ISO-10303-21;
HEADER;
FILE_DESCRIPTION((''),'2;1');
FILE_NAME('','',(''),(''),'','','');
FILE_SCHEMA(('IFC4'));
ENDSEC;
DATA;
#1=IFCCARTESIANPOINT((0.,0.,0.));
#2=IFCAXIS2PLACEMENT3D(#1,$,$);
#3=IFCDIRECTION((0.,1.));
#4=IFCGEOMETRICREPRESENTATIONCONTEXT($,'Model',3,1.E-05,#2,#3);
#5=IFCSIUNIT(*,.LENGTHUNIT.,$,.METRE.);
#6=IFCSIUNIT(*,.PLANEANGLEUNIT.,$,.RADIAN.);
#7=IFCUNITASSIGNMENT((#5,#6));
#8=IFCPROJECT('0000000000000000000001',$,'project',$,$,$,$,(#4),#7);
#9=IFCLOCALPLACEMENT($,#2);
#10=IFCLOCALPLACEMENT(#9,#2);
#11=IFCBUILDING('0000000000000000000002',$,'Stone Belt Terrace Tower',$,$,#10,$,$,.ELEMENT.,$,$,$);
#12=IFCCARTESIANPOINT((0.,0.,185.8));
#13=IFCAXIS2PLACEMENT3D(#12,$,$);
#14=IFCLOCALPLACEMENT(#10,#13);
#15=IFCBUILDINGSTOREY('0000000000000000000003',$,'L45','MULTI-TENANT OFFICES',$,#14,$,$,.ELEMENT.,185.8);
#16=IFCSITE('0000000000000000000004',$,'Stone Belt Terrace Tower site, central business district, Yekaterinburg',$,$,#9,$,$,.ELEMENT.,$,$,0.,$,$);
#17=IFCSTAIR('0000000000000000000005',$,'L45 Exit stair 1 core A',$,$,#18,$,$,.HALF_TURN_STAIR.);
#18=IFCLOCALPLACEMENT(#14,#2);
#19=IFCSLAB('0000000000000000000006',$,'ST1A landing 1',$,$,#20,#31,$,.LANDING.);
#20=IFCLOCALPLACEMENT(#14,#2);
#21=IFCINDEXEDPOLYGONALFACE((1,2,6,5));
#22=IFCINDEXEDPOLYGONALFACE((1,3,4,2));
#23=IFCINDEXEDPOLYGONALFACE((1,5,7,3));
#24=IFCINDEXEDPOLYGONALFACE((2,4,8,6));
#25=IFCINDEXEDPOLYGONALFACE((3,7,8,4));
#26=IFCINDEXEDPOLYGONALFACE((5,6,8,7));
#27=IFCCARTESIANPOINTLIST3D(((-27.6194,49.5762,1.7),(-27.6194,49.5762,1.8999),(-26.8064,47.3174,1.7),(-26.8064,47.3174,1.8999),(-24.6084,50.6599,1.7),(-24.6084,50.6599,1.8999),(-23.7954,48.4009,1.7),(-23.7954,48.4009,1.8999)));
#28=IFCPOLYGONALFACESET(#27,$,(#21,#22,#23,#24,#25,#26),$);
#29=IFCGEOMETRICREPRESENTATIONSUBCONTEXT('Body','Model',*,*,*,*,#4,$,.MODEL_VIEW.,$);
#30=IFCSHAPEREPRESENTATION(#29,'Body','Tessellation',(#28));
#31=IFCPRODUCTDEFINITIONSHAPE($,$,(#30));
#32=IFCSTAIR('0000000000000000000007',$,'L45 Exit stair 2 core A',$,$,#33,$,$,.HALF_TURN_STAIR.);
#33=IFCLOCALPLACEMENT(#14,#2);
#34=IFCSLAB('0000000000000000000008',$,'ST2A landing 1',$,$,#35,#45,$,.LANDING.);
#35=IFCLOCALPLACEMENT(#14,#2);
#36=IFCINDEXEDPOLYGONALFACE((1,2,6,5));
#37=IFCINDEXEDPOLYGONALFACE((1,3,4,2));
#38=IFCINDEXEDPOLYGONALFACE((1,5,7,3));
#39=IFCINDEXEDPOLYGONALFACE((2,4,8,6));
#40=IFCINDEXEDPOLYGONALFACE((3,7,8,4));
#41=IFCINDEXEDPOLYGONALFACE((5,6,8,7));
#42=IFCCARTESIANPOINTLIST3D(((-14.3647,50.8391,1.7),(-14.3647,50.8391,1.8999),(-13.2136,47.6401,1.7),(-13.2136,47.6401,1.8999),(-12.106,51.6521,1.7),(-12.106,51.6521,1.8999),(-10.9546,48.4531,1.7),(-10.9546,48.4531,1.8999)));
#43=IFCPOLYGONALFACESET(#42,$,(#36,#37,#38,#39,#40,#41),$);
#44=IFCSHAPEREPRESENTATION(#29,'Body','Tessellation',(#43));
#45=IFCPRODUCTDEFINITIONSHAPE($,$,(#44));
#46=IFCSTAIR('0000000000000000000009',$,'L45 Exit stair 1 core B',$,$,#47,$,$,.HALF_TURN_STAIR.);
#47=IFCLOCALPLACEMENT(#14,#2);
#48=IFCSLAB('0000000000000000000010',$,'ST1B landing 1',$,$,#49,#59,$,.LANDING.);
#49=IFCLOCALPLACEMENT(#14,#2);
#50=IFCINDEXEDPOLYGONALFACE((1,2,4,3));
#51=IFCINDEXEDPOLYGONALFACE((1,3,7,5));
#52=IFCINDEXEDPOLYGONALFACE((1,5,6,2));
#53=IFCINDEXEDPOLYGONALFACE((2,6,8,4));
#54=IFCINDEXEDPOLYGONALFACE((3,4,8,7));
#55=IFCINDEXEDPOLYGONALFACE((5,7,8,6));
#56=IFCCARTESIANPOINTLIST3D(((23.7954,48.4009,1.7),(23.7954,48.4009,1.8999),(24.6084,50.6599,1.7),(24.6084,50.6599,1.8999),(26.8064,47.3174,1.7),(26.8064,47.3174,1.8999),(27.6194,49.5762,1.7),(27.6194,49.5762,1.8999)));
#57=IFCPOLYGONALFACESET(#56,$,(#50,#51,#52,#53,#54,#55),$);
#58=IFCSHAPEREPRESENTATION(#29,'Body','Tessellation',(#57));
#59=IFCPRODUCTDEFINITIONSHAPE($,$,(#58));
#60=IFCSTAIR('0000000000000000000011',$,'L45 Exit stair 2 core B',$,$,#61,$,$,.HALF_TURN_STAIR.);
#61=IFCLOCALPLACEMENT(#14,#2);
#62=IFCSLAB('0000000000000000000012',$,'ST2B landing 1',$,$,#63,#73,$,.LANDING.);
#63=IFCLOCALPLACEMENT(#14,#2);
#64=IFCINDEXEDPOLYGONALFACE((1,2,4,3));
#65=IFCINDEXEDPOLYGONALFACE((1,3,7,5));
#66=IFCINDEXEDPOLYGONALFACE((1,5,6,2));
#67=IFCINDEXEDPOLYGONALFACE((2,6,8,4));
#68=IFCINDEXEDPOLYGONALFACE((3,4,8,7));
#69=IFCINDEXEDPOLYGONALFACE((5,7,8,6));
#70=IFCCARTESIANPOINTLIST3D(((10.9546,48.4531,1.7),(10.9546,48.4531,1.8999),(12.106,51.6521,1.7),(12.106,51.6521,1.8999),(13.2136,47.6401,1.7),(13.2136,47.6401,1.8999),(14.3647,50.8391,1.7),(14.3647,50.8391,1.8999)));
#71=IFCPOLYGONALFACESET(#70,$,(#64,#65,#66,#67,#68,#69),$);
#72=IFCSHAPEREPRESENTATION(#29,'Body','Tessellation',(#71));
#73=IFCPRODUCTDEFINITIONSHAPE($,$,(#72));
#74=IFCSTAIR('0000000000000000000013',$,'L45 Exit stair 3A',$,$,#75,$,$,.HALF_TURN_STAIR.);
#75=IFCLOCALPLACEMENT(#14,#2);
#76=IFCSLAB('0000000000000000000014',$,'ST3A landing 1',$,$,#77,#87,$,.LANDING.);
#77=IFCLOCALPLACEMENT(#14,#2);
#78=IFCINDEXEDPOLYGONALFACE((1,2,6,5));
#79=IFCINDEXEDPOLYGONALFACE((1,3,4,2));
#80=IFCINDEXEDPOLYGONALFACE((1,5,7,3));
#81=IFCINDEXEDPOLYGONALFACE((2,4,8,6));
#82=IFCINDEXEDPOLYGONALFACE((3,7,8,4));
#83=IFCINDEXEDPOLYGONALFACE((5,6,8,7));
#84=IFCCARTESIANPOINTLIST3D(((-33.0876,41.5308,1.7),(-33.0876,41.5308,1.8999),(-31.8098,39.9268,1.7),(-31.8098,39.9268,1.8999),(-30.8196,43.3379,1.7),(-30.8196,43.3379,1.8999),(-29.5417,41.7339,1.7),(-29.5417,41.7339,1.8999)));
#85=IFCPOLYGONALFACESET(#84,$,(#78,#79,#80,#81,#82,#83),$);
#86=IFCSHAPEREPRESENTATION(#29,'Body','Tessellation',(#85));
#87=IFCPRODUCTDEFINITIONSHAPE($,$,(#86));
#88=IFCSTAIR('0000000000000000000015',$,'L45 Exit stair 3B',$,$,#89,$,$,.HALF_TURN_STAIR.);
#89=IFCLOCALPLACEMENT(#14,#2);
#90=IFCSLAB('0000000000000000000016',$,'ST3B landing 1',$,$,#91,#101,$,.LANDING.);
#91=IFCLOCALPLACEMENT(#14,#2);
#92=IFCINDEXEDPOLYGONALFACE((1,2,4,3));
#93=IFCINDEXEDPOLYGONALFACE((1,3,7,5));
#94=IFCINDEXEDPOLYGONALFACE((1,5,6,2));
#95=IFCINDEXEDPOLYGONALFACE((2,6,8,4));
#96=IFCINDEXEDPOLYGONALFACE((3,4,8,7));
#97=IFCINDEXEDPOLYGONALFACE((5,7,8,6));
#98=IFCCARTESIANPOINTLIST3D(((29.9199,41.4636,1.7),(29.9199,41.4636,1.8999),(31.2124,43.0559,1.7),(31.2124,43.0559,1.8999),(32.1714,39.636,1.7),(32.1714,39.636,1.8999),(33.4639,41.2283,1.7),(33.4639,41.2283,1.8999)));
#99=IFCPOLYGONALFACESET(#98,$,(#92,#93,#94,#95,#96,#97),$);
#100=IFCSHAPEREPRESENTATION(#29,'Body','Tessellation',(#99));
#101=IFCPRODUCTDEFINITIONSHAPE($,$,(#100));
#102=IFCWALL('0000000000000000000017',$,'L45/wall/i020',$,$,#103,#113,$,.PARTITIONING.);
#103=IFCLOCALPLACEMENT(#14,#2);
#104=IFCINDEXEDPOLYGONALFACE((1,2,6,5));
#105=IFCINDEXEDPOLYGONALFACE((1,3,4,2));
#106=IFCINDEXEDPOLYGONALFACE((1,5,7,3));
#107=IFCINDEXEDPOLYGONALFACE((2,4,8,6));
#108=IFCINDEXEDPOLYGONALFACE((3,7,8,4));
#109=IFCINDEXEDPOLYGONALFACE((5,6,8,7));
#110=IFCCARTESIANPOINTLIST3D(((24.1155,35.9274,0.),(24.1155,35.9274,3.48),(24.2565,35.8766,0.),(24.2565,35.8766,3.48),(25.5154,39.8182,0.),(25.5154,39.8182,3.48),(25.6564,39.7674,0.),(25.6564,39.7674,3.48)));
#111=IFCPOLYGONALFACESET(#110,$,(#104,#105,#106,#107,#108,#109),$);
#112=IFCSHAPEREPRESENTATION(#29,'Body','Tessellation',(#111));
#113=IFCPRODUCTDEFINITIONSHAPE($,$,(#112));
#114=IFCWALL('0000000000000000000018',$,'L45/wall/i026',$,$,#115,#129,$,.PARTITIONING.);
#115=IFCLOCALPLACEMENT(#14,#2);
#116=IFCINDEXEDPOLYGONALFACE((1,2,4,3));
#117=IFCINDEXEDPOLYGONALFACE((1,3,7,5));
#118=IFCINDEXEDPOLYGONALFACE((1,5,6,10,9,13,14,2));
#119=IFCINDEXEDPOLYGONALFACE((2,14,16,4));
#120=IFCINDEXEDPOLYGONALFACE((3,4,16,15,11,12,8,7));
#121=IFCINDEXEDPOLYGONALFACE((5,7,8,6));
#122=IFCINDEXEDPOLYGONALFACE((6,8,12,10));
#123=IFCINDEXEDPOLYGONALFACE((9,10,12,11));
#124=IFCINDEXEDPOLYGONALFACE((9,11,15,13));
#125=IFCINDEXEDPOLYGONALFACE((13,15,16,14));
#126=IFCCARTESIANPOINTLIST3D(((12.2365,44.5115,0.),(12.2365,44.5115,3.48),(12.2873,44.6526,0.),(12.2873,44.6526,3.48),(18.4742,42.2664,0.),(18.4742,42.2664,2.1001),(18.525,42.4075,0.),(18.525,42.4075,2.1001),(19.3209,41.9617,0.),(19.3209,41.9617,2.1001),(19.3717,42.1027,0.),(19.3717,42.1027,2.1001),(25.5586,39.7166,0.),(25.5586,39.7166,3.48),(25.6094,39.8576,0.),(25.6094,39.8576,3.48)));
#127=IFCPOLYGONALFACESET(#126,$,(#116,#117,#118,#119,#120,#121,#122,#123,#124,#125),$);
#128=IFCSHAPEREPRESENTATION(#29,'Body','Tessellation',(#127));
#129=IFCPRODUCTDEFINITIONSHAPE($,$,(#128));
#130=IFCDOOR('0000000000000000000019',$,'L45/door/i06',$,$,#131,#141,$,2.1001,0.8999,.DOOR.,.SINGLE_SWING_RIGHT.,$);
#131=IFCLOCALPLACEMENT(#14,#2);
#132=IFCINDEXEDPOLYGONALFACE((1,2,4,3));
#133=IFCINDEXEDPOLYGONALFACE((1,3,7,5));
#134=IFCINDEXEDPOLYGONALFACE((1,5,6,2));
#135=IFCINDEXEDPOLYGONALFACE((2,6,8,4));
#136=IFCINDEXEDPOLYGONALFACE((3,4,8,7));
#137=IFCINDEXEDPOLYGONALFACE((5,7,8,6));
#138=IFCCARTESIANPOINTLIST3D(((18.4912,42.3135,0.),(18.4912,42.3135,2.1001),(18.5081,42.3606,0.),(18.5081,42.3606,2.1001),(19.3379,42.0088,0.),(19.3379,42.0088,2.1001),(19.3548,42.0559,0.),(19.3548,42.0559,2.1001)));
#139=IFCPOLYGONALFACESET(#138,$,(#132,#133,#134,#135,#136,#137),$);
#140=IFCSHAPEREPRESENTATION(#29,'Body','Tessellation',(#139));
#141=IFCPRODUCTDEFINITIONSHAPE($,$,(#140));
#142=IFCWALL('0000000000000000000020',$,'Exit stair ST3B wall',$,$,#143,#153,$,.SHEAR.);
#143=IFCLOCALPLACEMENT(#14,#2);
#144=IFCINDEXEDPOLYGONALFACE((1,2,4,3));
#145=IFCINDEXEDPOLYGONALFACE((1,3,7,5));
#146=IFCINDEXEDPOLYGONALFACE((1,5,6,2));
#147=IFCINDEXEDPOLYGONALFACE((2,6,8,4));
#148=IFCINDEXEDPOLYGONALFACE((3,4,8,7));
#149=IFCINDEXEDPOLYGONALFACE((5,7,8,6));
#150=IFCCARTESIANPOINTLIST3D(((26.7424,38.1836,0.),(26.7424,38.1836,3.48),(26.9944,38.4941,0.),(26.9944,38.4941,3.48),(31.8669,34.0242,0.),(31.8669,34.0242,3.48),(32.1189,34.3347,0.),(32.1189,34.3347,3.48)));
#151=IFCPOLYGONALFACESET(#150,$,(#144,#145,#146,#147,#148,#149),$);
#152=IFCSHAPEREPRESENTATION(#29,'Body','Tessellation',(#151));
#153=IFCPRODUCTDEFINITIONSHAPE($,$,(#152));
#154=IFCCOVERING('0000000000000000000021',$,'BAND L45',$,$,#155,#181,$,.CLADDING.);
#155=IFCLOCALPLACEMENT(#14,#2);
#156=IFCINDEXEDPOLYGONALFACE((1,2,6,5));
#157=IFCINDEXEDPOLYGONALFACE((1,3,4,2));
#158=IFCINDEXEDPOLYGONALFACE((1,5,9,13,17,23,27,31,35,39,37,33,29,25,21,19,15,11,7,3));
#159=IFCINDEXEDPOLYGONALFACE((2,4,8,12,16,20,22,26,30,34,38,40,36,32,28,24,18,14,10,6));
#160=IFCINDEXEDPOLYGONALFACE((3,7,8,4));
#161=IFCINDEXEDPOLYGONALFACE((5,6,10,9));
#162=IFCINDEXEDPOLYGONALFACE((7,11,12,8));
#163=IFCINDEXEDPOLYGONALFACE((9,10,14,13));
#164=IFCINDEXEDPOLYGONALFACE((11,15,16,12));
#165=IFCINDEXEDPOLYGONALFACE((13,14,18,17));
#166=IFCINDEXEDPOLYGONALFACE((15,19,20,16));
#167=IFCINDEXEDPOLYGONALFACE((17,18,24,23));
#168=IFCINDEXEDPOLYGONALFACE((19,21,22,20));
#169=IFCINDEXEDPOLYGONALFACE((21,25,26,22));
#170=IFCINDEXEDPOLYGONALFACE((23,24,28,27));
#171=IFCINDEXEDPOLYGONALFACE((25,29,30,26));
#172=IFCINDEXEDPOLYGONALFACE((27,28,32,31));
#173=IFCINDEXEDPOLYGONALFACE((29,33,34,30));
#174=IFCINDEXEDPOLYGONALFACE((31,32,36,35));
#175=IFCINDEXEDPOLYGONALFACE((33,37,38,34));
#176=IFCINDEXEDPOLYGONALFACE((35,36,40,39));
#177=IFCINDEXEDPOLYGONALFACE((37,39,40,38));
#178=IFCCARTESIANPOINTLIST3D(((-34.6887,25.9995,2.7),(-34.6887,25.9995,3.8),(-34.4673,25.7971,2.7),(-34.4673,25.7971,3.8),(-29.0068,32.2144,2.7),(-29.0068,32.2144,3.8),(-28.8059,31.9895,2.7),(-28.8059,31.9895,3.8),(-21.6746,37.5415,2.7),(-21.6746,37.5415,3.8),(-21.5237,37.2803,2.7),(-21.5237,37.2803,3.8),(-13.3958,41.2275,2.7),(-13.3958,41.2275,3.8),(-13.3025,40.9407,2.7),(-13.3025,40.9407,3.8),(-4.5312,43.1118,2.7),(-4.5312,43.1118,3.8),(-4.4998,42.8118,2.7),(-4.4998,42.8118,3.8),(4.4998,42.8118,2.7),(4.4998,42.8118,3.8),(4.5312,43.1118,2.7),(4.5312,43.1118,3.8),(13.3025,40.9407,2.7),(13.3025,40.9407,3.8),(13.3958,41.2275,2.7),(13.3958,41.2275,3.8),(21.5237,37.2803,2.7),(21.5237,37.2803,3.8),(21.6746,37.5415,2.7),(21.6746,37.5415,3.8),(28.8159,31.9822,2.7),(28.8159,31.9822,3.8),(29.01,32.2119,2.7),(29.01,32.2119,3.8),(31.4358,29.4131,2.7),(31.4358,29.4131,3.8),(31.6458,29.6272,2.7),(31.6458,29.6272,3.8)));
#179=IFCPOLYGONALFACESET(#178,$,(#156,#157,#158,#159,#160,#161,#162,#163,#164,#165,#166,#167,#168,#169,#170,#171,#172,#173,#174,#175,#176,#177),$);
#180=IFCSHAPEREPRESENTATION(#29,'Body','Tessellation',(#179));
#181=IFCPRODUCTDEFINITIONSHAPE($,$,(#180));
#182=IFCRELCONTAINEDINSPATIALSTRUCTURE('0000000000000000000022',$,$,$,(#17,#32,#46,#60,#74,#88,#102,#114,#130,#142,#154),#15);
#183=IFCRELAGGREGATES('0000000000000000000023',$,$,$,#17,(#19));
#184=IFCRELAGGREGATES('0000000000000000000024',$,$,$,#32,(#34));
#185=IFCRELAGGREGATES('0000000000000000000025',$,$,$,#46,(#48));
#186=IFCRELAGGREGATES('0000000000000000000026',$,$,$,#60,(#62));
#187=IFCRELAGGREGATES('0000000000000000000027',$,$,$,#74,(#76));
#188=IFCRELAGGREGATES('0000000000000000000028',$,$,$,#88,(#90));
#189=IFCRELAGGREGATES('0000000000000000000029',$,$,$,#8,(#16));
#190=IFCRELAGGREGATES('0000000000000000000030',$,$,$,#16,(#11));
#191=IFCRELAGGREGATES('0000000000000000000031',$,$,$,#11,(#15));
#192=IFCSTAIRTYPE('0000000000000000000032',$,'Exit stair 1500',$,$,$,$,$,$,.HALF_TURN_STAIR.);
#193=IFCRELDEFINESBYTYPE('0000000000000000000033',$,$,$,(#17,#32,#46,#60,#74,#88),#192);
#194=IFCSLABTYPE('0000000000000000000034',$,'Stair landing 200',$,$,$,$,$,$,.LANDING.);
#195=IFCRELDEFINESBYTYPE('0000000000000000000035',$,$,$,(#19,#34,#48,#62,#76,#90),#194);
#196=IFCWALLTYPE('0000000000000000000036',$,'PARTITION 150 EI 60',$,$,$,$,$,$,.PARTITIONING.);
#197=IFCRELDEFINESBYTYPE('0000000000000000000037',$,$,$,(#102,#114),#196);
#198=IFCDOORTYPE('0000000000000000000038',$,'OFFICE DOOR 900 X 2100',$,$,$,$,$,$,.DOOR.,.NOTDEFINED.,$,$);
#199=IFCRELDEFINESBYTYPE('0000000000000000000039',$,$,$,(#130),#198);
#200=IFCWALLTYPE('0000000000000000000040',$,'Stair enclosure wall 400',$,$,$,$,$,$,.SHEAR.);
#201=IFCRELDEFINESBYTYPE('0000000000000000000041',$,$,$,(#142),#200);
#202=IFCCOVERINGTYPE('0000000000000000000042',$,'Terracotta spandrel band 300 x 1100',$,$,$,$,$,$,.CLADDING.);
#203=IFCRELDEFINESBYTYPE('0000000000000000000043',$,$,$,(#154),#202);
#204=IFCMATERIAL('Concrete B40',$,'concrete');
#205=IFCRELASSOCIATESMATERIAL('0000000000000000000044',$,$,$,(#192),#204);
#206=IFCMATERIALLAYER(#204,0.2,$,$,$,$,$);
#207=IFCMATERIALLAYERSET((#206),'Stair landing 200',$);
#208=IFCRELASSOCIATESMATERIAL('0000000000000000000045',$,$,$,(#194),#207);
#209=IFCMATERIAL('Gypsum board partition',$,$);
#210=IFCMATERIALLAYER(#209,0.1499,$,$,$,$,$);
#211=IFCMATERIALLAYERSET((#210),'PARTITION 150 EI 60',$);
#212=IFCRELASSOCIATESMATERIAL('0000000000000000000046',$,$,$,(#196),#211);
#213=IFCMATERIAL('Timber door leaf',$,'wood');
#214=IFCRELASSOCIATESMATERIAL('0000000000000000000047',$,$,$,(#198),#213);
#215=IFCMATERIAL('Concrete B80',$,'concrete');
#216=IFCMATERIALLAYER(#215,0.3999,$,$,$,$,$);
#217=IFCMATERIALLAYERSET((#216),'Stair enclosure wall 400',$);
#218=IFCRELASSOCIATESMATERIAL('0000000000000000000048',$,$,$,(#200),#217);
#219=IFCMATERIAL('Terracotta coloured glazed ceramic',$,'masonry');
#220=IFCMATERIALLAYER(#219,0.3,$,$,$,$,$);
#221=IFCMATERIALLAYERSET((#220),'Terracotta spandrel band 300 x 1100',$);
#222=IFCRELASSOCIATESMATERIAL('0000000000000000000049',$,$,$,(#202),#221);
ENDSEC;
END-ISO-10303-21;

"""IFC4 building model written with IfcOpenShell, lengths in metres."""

from ifc_helpers import new_model, si_unit, direction, frame, frame_2d, origin, place, context, subcontext, project, spatial, polyline, rectangle, outline, extrude, material, layer, layer_set, type_object, element, fill, aggregate, save


model = new_model("IFC4")

# Units and contexts
model_context = context("Model", 3, precision=1e-05, world=origin(), true_north=direction((0.0, 1.0)))
body_context = subcontext(model_context, "Body", "Model", "MODEL_VIEW")
ifc_project = project(units=[si_unit("LENGTHUNIT", "METRE"), si_unit("PLANEANGLEUNIT", "RADIAN")], contexts=[model_context])

# Site, building, storey
site_placement = place(None, origin())
site = spatial("IfcSite", under=ifc_project, at=site_placement, Name="Stone Belt Terrace Tower site, central business district, Yekaterinburg", CompositionType="ELEMENT", RefElevation=0.0)
building_placement = place(site_placement, origin())
building = spatial("IfcBuilding", under=site, at=building_placement, Name="Stone Belt Terrace Tower", CompositionType="ELEMENT")
storey_placement = place(building_placement, frame((0.0, 0.0, 185.8)))
storey = spatial("IfcBuildingStorey", under=building, at=storey_placement, Name="L45", Description="MULTI-TENANT OFFICES", CompositionType="ELEMENT", Elevation=185.8)

# Shared definitions
ifc_material_1 = material(Name="Concrete B80", Category="concrete")

# Shared definitions
ifc_material_2 = material(Name="Concrete B40", Category="concrete")

# Stairs, slabs
stair_type = type_object("IfcStairType", Name="Exit stair 1500", PredefinedType="HALF_TURN_STAIR", material=ifc_material_2)
stair_1_placement = place(storey_placement, origin())
stair_1 = element("IfcStair", 1, at=stair_1_placement, inside=storey, type_object=stair_type, Name="L45 Exit stair 1 core A", PredefinedType="HALF_TURN_STAIR")
ifc_layer_1 = layer(ifc_material_2, 0.2)
ifc_layer_set_1 = layer_set([ifc_layer_1], Name="Stair landing 200")
slab_type_1 = type_object("IfcSlabType", Name="Stair landing 200", PredefinedType="LANDING", material=ifc_layer_set_1)
slab_1_placement = place(storey_placement, frame((0.0, 0.0, 1.7)))
slab_1 = element("IfcSlab", 2, at=slab_1_placement, type_object=slab_type_1, Name="ST1A landing 1", PredefinedType="LANDING", context=body_context, shape_type="SweptSolid", body=[
    extrude(outline(polyline([(-23.7954, 48.4009), (-24.6084, 50.6599), (-27.6194, 49.5762), (-26.8064, 47.3174), (-23.7954, 48.4009)])), origin(), (0.0, 0.0, 1.0), 0.2),
])
aggregate(stair_1, [slab_1])
stair_2_placement = place(storey_placement, origin())
stair_2 = element("IfcStair", 3, at=stair_2_placement, inside=storey, type_object=stair_type, Name="L45 Exit stair 2 core A", PredefinedType="HALF_TURN_STAIR")
slab_2_placement = place(storey_placement, frame((0.0, 0.0, 1.7)))
slab_2 = element("IfcSlab", 4, at=slab_2_placement, type_object=slab_type_1, Name="ST2A landing 1", PredefinedType="LANDING", context=body_context, shape_type="SweptSolid", body=[
    extrude(outline(polyline([(-13.2136, 47.6401), (-10.9546, 48.4531), (-12.106, 51.6521), (-14.3647, 50.8391), (-13.2136, 47.6401)])), origin(), (0.0, 0.0, 1.0), 0.2),
])
aggregate(stair_2, [slab_2])
stair_3_placement = place(storey_placement, origin())
stair_3 = element("IfcStair", 5, at=stair_3_placement, inside=storey, type_object=stair_type, Name="L45 Exit stair 1 core B", PredefinedType="HALF_TURN_STAIR")
slab_3_placement = place(storey_placement, frame((0.0, 0.0, 1.7)))
slab_3 = element("IfcSlab", 6, at=slab_3_placement, type_object=slab_type_1, Name="ST1B landing 1", PredefinedType="LANDING", context=body_context, shape_type="SweptSolid", body=[
    extrude(outline(polyline([(26.8064, 47.3174), (27.6194, 49.5762), (24.6084, 50.6599), (23.7954, 48.4009), (26.8064, 47.3174)])), origin(), (0.0, 0.0, 1.0), 0.2),
])
aggregate(stair_3, [slab_3])
stair_4_placement = place(storey_placement, origin())
stair_4 = element("IfcStair", 7, at=stair_4_placement, inside=storey, type_object=stair_type, Name="L45 Exit stair 2 core B", PredefinedType="HALF_TURN_STAIR")
slab_4_placement = place(storey_placement, frame((0.0, 0.0, 1.7)))
slab_4 = element("IfcSlab", 8, at=slab_4_placement, type_object=slab_type_1, Name="ST2B landing 1", PredefinedType="LANDING", context=body_context, shape_type="SweptSolid", body=[
    extrude(outline(polyline([(14.3647, 50.8391), (12.106, 51.6521), (10.9546, 48.4531), (13.2136, 47.6401), (14.3647, 50.8391)])), origin(), (0.0, 0.0, 1.0), 0.2),
])
aggregate(stair_4, [slab_4])
stair_5_placement = place(storey_placement, origin())
stair_5 = element("IfcStair", 9, at=stair_5_placement, inside=storey, type_object=stair_type, Name="L45 Exit stair 3A", PredefinedType="HALF_TURN_STAIR")
slab_5_placement = place(storey_placement, frame((0.0, 0.0, 1.7)))
slab_5 = element("IfcSlab", 10, at=slab_5_placement, type_object=slab_type_1, Name="ST3A landing 1", PredefinedType="LANDING", context=body_context, shape_type="SweptSolid", body=[
    extrude(outline(polyline([(-29.5417, 41.7339), (-30.8196, 43.3379), (-33.0876, 41.5308), (-31.8098, 39.9268), (-29.5417, 41.7339)])), origin(), (0.0, 0.0, 1.0), 0.2),
])
aggregate(stair_5, [slab_5])
stair_6_placement = place(storey_placement, origin())
stair_6 = element("IfcStair", 11, at=stair_6_placement, inside=storey, type_object=stair_type, Name="L45 Exit stair 3B", PredefinedType="HALF_TURN_STAIR")
slab_6_placement = place(storey_placement, frame((0.0, 0.0, 1.7)))
slab_6 = element("IfcSlab", 12, at=slab_6_placement, type_object=slab_type_1, Name="ST3B landing 1", PredefinedType="LANDING", context=body_context, shape_type="SweptSolid", body=[
    extrude(outline(polyline([(32.1714, 39.636), (33.4639, 41.2283), (31.2124, 43.0559), (29.9199, 41.4636), (32.1714, 39.636)])), origin(), (0.0, 0.0, 1.0), 0.2),
])
aggregate(stair_6, [slab_6])

# Wall
ifc_material_3 = material(Name="Gypsum board partition")
ifc_layer_2 = layer(ifc_material_3, 0.1499)
ifc_layer_set_2 = layer_set([ifc_layer_2], Name="PARTITION 150 EI 60")
wall_type_1 = type_object("IfcWallType", Name="PARTITION 150 EI 60", PredefinedType="PARTITIONING", material=ifc_layer_set_2)
wall_1_placement = place(storey_placement, frame((24.186, 35.9021, 0.0), z_axis=(0.0, 0.0, 1.0), x_axis=(0.338546, 0.94095, 0.0)))
element("IfcWall", 13, at=wall_1_placement, inside=storey, type_object=wall_type_1, Name="L45/wall/i020", PredefinedType="PARTITIONING", context=body_context, shape_type="SweptSolid", body=[
    extrude(rectangle(XDim=4.135, YDim=0.1499, at=frame_2d((2.0674, 0.0))), origin(), (0.0, 0.0, 1.0), 3.48),
])

# Wall, opening, door
wall_2_placement = place(storey_placement, frame((25.584, 39.7871, 0.0), z_axis=(0.0, 0.0, 1.0), x_axis=(-0.94091, 0.338657, 0.0)))
wall_2 = element("IfcWall", 14, at=wall_2_placement, inside=storey, type_object=wall_type_1, Name="L45/wall/i026", PredefinedType="PARTITIONING", context=body_context, shape_type="SweptSolid", body=[
    extrude(rectangle(XDim=14.1587, YDim=0.1499, at=frame_2d((7.0793, 0.0))), origin(), (0.0, 0.0, 1.0), 3.48),
])
opening_placement = place(wall_2_placement, frame((6.6294, 0.0, 0.0)))
opening = element("IfcOpeningElement", 15, at=opening_placement, cuts=wall_2, PredefinedType="OPENING", context=body_context, shape_type="SweptSolid", body=[
    extrude(rectangle(XDim=0.8999, YDim=2.1001, at=frame_2d((0.45, 1.05))), frame((0.0, 0.085, 0.0), z_axis=(0.0, -1.0, 0.0), x_axis=(1.0, 0.0, 0.0)), (0.0, 0.0, 1.0), 0.1699),
])
ifc_material_4 = material(Name="Timber door leaf", Category="wood")
door_type = type_object("IfcDoorType", Name="OFFICE DOOR 900 X 2100", OperationType="NOTDEFINED", PredefinedType="DOOR", material=ifc_material_4)
door_placement = place(opening_placement, origin())
door = element("IfcDoor", 16, at=door_placement, inside=storey, type_object=door_type, Name="L45/door/i06", OperationType="SINGLE_SWING_RIGHT", OverallHeight=2.1001, OverallWidth=0.8999, PredefinedType="DOOR", context=body_context, shape_type="SweptSolid", body=[
    extrude(rectangle(XDim=0.8999, YDim=2.1001, at=frame_2d((0.45, 1.05))), frame((0.0, 0.0249, 0.0), z_axis=(0.0, -1.0, 0.0), x_axis=(1.0, 0.0, 0.0)), (0.0, 0.0, 1.0), 0.05),
])
fill(opening, door)

# Wall
ifc_layer_3 = layer(ifc_material_1, 0.3999)
ifc_layer_set_3 = layer_set([ifc_layer_3], Name="Stair enclosure wall 400")
wall_type_2 = type_object("IfcWallType", Name="Stair enclosure wall 400", PredefinedType="SHEAR", material=ifc_layer_set_3)
wall_3_placement = place(storey_placement, frame((26.8684, 38.3389, 0.0), z_axis=(0.0, 0.0, 1.0), x_axis=(0.776428, -0.630205, 0.0)))
element("IfcWall", 17, at=wall_3_placement, inside=storey, type_object=wall_type_2, Name="Exit stair ST3B wall", PredefinedType="SHEAR", context=body_context, shape_type="SweptSolid", body=[
    extrude(rectangle(XDim=6.6001, YDim=0.3999, at=frame_2d((3.3, 0.0))), origin(), (0.0, 0.0, 1.0), 3.48),
])

# Covering
ifc_material_5 = material(Name="Terracotta coloured glazed ceramic", Category="masonry")
ifc_layer_4 = layer(ifc_material_5, 0.3)
ifc_layer_set_4 = layer_set([ifc_layer_4], Name="Terracotta spandrel band 300 x 1100")
covering_type = type_object("IfcCoveringType", Name="Terracotta spandrel band 300 x 1100", PredefinedType="CLADDING", material=ifc_layer_set_4)
covering_placement = place(storey_placement, frame((0.0, 0.0, 2.7)))
element("IfcCovering", 18, at=covering_placement, inside=storey, type_object=covering_type, Name="BAND L45", PredefinedType="CLADDING", context=body_context, shape_type="SweptSolid", body=[
    extrude(outline(polyline([(-34.6887, 25.9995), (-29.0068, 32.2144), (-21.6746, 37.5415), (-13.3958, 41.2275), (-4.5312, 43.1118), (4.5312, 43.1118), (13.3958, 41.2275), (21.6746, 37.5415), (29.01, 32.2119), (31.6458, 29.6272), (31.4358, 29.4131), (28.8159, 31.9822), (21.5237, 37.2803), (13.3025, 40.9407), (4.4998, 42.8118), (-4.4998, 42.8118), (-13.3025, 40.9407), (-21.5237, 37.2803), (-28.8059, 31.9895), (-34.4673, 25.7971), (-34.6887, 25.9995)])), origin(), (0.0, 0.0, 1.0), 1.1001),
])

save(model, "model.ifc")
